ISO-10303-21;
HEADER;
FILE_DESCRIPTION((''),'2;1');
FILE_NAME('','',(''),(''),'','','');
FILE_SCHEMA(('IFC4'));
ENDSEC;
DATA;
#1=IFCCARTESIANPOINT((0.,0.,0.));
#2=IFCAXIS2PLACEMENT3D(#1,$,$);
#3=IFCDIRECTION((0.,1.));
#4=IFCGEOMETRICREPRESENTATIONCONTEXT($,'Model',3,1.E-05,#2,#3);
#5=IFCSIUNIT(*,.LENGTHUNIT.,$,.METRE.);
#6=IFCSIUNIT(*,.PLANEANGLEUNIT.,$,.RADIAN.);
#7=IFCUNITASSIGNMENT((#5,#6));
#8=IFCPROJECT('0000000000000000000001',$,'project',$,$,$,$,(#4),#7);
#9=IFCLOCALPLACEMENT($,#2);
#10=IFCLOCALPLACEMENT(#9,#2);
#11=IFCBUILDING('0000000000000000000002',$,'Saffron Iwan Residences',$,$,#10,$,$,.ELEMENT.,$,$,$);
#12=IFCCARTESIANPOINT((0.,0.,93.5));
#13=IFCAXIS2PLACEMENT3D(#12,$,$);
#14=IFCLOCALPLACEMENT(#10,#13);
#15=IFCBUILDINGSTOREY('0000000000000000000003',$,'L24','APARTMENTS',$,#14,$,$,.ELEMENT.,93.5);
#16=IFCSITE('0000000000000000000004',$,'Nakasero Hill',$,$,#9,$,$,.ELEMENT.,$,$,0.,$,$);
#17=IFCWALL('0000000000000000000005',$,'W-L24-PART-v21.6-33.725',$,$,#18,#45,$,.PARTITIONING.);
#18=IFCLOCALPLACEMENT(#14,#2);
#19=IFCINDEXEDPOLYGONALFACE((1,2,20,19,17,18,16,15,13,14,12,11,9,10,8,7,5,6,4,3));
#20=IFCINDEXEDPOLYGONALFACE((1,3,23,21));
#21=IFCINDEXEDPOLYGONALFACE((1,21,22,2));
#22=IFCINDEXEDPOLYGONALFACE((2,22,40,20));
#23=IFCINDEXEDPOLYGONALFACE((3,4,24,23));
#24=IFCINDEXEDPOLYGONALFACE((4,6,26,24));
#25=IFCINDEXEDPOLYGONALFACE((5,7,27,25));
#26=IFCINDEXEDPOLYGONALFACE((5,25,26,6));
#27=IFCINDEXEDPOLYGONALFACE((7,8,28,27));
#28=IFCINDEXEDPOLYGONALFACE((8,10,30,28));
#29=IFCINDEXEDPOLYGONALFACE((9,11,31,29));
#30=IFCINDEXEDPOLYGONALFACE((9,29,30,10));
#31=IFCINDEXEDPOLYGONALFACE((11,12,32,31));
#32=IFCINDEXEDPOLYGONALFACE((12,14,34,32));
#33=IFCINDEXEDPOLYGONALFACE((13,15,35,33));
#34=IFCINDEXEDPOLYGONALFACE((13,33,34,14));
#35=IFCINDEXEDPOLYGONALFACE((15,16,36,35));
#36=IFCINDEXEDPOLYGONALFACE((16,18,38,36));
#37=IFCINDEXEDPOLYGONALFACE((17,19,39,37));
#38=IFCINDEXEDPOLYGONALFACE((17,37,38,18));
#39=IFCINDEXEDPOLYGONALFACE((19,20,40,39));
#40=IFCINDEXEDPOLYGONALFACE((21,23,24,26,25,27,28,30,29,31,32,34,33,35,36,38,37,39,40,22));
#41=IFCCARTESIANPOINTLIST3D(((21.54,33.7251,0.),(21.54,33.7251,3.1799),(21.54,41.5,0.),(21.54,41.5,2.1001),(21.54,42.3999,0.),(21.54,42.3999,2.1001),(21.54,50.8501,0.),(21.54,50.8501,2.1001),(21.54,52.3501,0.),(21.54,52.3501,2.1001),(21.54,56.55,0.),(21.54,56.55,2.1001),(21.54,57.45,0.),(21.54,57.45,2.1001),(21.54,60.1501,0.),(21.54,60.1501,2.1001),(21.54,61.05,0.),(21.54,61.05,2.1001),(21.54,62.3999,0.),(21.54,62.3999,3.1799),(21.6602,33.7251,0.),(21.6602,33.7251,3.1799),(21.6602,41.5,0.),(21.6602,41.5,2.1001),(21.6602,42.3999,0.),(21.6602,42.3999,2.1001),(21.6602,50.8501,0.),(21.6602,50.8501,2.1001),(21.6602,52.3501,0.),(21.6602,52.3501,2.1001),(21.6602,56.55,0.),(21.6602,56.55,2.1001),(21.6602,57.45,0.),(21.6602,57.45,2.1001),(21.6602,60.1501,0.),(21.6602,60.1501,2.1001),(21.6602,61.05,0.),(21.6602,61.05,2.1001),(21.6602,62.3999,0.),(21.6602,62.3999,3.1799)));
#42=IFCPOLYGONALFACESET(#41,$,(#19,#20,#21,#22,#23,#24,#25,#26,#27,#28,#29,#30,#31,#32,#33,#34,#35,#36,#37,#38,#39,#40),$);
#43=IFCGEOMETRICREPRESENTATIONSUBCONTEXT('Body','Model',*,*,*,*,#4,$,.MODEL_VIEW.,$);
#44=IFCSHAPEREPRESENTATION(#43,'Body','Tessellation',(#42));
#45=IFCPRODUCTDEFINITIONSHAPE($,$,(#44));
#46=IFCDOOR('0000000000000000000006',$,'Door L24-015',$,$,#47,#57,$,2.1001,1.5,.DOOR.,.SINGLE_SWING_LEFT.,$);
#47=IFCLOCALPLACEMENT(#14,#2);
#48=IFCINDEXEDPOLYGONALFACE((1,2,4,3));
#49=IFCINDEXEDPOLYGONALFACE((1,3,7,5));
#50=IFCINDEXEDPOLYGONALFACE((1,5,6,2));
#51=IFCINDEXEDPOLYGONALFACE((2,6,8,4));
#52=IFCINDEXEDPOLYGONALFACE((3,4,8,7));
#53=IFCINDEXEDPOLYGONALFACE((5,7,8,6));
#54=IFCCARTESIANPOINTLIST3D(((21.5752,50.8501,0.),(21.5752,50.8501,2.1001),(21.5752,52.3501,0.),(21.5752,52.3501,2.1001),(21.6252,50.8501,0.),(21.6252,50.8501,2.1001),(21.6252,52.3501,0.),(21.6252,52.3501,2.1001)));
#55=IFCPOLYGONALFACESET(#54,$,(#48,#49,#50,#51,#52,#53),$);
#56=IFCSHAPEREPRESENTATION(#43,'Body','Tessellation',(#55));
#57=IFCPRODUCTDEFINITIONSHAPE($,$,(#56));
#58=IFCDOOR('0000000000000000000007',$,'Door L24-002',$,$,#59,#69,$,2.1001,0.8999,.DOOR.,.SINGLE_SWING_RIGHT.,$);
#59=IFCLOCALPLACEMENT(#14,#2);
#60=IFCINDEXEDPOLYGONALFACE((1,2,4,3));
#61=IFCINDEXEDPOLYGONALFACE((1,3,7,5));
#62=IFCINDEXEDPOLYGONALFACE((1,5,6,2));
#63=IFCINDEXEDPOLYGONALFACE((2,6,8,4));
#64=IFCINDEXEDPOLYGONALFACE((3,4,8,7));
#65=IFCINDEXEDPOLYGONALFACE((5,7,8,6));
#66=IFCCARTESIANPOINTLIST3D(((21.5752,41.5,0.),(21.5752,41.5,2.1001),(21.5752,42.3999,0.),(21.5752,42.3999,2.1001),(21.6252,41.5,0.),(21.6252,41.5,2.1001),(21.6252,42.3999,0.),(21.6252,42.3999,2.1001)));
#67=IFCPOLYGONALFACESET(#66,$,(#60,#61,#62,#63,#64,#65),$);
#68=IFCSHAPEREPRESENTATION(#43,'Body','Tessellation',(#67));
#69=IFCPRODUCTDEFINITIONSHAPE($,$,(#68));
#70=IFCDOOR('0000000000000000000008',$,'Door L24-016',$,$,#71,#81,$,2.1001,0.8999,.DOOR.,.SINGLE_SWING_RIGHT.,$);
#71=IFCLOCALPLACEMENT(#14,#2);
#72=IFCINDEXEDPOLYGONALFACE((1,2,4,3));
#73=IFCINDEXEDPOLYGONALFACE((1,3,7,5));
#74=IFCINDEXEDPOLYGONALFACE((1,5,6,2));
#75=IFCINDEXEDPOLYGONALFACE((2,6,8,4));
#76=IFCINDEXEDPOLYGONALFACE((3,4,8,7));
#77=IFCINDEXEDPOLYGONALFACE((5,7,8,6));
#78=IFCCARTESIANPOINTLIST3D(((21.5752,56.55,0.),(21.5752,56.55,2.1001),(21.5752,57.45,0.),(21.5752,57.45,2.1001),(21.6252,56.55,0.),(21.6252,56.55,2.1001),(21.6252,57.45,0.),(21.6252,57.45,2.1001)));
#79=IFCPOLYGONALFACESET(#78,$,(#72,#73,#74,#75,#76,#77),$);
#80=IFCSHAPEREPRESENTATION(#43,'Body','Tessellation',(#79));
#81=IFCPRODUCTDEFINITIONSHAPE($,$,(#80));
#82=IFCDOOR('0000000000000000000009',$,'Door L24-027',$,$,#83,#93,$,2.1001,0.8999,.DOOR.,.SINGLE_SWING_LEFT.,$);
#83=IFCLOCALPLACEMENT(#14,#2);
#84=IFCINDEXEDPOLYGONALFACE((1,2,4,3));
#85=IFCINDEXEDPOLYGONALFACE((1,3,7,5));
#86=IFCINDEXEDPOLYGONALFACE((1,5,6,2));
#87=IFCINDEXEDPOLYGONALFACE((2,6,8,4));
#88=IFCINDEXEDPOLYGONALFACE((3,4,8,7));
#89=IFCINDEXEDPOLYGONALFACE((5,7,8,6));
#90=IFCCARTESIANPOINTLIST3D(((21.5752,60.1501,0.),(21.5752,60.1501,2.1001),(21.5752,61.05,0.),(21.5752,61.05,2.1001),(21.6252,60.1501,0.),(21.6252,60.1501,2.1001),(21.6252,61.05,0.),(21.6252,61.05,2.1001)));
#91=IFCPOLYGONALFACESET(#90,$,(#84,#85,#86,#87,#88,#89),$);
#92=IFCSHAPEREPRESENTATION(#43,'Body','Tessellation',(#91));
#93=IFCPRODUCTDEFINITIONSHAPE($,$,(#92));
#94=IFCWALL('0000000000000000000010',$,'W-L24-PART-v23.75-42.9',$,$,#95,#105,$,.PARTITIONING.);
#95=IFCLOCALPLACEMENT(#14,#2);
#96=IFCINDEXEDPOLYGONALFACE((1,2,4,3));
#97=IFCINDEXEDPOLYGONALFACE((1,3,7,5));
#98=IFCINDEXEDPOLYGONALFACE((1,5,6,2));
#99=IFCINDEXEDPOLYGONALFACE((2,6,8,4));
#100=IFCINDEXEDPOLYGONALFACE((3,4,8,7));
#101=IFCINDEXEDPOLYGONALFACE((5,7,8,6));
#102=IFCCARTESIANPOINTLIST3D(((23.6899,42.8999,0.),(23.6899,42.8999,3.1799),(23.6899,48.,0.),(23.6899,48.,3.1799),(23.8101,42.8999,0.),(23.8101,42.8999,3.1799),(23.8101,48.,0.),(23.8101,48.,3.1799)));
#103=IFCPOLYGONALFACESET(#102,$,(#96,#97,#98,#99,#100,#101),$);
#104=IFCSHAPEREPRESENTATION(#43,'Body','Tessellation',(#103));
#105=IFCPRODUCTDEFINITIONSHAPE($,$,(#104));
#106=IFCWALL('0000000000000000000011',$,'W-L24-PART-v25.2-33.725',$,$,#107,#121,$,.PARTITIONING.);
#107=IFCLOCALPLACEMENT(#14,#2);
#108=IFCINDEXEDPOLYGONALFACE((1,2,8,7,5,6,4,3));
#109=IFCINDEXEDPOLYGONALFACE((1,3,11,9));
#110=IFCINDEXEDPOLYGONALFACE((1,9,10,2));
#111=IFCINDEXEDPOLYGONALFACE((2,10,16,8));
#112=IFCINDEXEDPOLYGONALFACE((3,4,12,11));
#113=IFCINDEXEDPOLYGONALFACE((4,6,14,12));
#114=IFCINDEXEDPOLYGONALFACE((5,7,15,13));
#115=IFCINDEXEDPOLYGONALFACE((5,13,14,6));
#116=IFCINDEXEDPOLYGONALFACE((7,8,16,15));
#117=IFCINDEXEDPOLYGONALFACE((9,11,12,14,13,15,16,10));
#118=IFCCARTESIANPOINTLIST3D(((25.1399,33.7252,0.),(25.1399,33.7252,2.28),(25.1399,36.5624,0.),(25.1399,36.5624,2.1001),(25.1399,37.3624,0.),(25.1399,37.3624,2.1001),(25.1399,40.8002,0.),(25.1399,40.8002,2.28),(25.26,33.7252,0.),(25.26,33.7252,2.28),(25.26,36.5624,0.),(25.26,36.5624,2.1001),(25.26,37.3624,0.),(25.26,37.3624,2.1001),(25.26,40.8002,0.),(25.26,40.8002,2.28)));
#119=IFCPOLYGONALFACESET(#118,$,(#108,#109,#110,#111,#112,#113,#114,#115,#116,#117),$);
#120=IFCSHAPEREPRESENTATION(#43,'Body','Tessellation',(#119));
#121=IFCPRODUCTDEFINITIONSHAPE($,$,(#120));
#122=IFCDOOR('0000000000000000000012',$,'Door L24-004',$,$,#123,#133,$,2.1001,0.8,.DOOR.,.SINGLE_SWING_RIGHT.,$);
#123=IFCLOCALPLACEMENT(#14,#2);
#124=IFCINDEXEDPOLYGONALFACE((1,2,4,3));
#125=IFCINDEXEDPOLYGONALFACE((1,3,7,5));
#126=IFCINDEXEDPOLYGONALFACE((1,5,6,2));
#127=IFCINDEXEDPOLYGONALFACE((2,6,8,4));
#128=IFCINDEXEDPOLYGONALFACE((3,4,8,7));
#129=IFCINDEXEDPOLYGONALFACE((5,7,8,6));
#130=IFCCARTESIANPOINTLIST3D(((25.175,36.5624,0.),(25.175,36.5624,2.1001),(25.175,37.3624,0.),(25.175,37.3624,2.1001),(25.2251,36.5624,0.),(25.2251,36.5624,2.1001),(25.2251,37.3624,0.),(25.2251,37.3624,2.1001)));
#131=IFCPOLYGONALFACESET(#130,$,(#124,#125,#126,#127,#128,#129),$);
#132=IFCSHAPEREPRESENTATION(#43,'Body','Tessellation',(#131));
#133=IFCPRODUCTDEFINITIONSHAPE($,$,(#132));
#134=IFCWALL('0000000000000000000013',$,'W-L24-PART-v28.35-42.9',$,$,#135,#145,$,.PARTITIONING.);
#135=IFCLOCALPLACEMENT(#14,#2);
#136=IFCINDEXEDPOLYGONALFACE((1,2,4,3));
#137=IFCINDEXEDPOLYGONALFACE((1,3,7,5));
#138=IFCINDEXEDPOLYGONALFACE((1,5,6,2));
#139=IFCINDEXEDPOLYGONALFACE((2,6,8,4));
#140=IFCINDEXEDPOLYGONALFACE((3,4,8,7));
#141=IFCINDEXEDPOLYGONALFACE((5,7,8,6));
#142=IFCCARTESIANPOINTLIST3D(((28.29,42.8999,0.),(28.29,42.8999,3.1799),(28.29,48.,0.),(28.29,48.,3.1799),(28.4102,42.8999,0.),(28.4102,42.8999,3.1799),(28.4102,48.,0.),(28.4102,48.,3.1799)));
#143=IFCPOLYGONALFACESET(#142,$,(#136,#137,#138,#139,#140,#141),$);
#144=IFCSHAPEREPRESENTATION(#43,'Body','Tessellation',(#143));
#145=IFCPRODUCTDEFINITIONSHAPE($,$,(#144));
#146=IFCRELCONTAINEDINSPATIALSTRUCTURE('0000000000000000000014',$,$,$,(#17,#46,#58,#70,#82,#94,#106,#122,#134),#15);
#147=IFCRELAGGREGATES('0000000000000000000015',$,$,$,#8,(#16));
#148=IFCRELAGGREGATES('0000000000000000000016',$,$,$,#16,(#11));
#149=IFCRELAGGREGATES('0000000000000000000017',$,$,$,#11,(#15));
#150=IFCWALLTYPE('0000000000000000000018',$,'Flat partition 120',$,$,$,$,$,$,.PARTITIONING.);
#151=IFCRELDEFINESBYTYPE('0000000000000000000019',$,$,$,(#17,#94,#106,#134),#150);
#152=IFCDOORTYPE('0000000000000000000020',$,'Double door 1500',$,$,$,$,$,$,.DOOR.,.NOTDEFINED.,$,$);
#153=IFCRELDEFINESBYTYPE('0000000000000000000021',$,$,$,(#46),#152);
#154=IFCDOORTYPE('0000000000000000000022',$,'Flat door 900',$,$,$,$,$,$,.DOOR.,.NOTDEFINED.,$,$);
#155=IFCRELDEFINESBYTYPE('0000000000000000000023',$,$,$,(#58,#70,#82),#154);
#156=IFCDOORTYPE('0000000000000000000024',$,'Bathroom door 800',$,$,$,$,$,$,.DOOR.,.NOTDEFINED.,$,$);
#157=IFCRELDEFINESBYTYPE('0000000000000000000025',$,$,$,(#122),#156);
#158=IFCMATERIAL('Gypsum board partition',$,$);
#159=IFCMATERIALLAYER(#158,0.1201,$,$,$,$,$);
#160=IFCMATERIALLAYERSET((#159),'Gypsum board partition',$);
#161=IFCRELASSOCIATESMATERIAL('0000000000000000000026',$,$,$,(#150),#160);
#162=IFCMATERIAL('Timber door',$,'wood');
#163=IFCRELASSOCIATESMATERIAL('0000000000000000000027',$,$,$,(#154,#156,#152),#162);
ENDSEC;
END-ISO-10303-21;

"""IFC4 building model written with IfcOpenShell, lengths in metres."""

from ifc_helpers import new_model, si_unit, direction, frame, frame_2d, origin, place, context, subcontext, project, spatial, rectangle, extrude, material, layer, layer_set, type_object, element, fill, save


model = new_model("IFC4")

# Units and contexts
model_context = context("Model", 3, precision=1e-05, world=origin(), true_north=direction((0.0, 1.0)))
body_context = subcontext(model_context, "Body", "Model", "MODEL_VIEW")
ifc_project = project(units=[si_unit("LENGTHUNIT", "METRE"), si_unit("PLANEANGLEUNIT", "RADIAN")], contexts=[model_context])

# Site, building, storey
site_placement = place(None, origin())
site = spatial("IfcSite", under=ifc_project, at=site_placement, Name="Nakasero Hill", CompositionType="ELEMENT", RefElevation=0.0)
building_placement = place(site_placement, origin())
building = spatial("IfcBuilding", under=site, at=building_placement, Name="Saffron Iwan Residences", CompositionType="ELEMENT")
storey_placement = place(building_placement, frame((0.0, 0.0, 93.5)))
storey = spatial("IfcBuildingStorey", under=building, at=storey_placement, Name="L24", Description="APARTMENTS", CompositionType="ELEMENT", Elevation=93.5)

# Shared definitions
ifc_material_1 = material(Name="Gypsum board partition")
ifc_layer_1 = layer(ifc_material_1, 0.1201)
ifc_layer_set_1 = layer_set([ifc_layer_1], Name="Gypsum board partition")
wall_type_1 = type_object("IfcWallType", Name="Flat partition 120", PredefinedType="PARTITIONING", material=ifc_layer_set_1)

# Shared definitions
ifc_material_2 = material(Name="Timber door", Category="wood")
door_type_1 = type_object("IfcDoorType", Name="Flat door 900", OperationType="NOTDEFINED", PredefinedType="DOOR", material=ifc_material_2)

# Wall, openings, doors
door_type_2 = type_object("IfcDoorType", Name="Bathroom door 800", OperationType="NOTDEFINED", PredefinedType="DOOR", material=ifc_material_2)
wall_1_placement = place(storey_placement, frame((21.6001, 33.7251, 0.0), z_axis=(0.0, 0.0, 1.0), x_axis=(0.0, 1.0, 0.0)))
wall_1 = element("IfcWall", 1, at=wall_1_placement, inside=storey, type_object=wall_type_1, Name="W-L24-PART-v21.6-33.725", PredefinedType="PARTITIONING", context=body_context, shape_type="SweptSolid", body=[
    extrude(rectangle(XDim=28.6748, YDim=0.1201, at=frame_2d((14.3374, 0.0))), origin(), (0.0, 0.0, 1.0), 3.1799),
])
opening_1_placement = place(wall_1_placement, frame((7.7749, 0.0, 0.0)))
opening_1 = element("IfcOpeningElement", 2, at=opening_1_placement, cuts=wall_1, PredefinedType="OPENING", context=body_context, shape_type="SweptSolid", body=[
    extrude(rectangle(XDim=0.8999, YDim=2.1001, at=frame_2d((0.45, 1.05))), frame((0.0, 0.0701, 0.0), z_axis=(0.0, -1.0, 0.0), x_axis=(1.0, 0.0, 0.0)), (0.0, 0.0, 1.0), 0.1401),
])
opening_2_placement = place(wall_1_placement, frame((17.125, 0.0, 0.0)))
opening_2 = element("IfcOpeningElement", 3, at=opening_2_placement, cuts=wall_1, PredefinedType="OPENING", context=body_context, shape_type="SweptSolid", body=[
    extrude(rectangle(XDim=1.5, YDim=2.1001, at=frame_2d((0.75, 1.05))), frame((0.0, 0.0701, 0.0), z_axis=(0.0, -1.0, 0.0), x_axis=(1.0, 0.0, 0.0)), (0.0, 0.0, 1.0), 0.1401),
])
opening_3_placement = place(wall_1_placement, frame((22.825, 0.0, 0.0)))
opening_3 = element("IfcOpeningElement", 4, at=opening_3_placement, cuts=wall_1, PredefinedType="OPENING", context=body_context, shape_type="SweptSolid", body=[
    extrude(rectangle(XDim=0.8999, YDim=2.1001, at=frame_2d((0.45, 1.05))), frame((0.0, 0.0701, 0.0), z_axis=(0.0, -1.0, 0.0), x_axis=(1.0, 0.0, 0.0)), (0.0, 0.0, 1.0), 0.1401),
])
opening_4_placement = place(wall_1_placement, frame((26.425, 0.0, 0.0)))
opening_4 = element("IfcOpeningElement", 5, at=opening_4_placement, cuts=wall_1, PredefinedType="OPENING", context=body_context, shape_type="SweptSolid", body=[
    extrude(rectangle(XDim=0.8999, YDim=2.1001, at=frame_2d((0.45, 1.05))), frame((0.0, 0.0701, 0.0), z_axis=(0.0, -1.0, 0.0), x_axis=(1.0, 0.0, 0.0)), (0.0, 0.0, 1.0), 0.1401),
])
door_type_3 = type_object("IfcDoorType", Name="Double door 1500", OperationType="NOTDEFINED", PredefinedType="DOOR", material=ifc_material_2)
door_1_placement = place(opening_2_placement, origin())
door_1 = element("IfcDoor", 6, at=door_1_placement, inside=storey, type_object=door_type_3, Name="Door L24-015", OperationType="SINGLE_SWING_LEFT", OverallHeight=2.1001, OverallWidth=1.5, PredefinedType="DOOR", context=body_context, shape_type="SweptSolid", body=[
    extrude(rectangle(XDim=1.5, YDim=2.1001, at=frame_2d((0.75, 1.05))), frame((0.0, 0.0249, 0.0), z_axis=(0.0, -1.0, 0.0), x_axis=(1.0, 0.0, 0.0)), (0.0, 0.0, 1.0), 0.05),
])
fill(opening_2, door_1)
door_2_placement = place(opening_1_placement, origin())
door_2 = element("IfcDoor", 7, at=door_2_placement, inside=storey, type_object=door_type_1, Name="Door L24-002", OperationType="SINGLE_SWING_RIGHT", OverallHeight=2.1001, OverallWidth=0.8999, PredefinedType="DOOR", context=body_context, shape_type="SweptSolid", body=[
    extrude(rectangle(XDim=0.8999, YDim=2.1001, at=frame_2d((0.45, 1.05))), frame((0.0, 0.0249, 0.0), z_axis=(0.0, -1.0, 0.0), x_axis=(1.0, 0.0, 0.0)), (0.0, 0.0, 1.0), 0.05),
])
fill(opening_1, door_2)
door_3_placement = place(opening_3_placement, origin())
door_3 = element("IfcDoor", 8, at=door_3_placement, inside=storey, type_object=door_type_1, Name="Door L24-016", OperationType="SINGLE_SWING_RIGHT", OverallHeight=2.1001, OverallWidth=0.8999, PredefinedType="DOOR", context=body_context, shape_type="SweptSolid", body=[
    extrude(rectangle(XDim=0.8999, YDim=2.1001, at=frame_2d((0.45, 1.05))), frame((0.0, 0.0249, 0.0), z_axis=(0.0, -1.0, 0.0), x_axis=(1.0, 0.0, 0.0)), (0.0, 0.0, 1.0), 0.05),
])
fill(opening_3, door_3)
door_4_placement = place(opening_4_placement, origin())
door_4 = element("IfcDoor", 9, at=door_4_placement, inside=storey, type_object=door_type_1, Name="Door L24-027", OperationType="SINGLE_SWING_LEFT", OverallHeight=2.1001, OverallWidth=0.8999, PredefinedType="DOOR", context=body_context, shape_type="SweptSolid", body=[
    extrude(rectangle(XDim=0.8999, YDim=2.1001, at=frame_2d((0.45, 1.05))), frame((0.0, 0.0249, 0.0), z_axis=(0.0, -1.0, 0.0), x_axis=(1.0, 0.0, 0.0)), (0.0, 0.0, 1.0), 0.05),
])
fill(opening_4, door_4)

# Wall
wall_2_placement = place(storey_placement, frame((23.75, 42.8999, 0.0), z_axis=(0.0, 0.0, 1.0), x_axis=(0.0, 1.0, 0.0)))
element("IfcWall", 10, at=wall_2_placement, inside=storey, type_object=wall_type_1, Name="W-L24-PART-v23.75-42.9", PredefinedType="PARTITIONING", context=body_context, shape_type="SweptSolid", body=[
    extrude(rectangle(XDim=5.1001, YDim=0.1201, at=frame_2d((2.55, 0.0))), origin(), (0.0, 0.0, 1.0), 3.1799),
])

# Wall, opening, door
wall_3_placement = place(storey_placement, frame((25.2, 33.7251, 0.0), z_axis=(0.0, 0.0, 1.0), x_axis=(0.0, 1.0, 0.0)))
wall_3 = element("IfcWall", 11, at=wall_3_placement, inside=storey, type_object=wall_type_1, Name="W-L24-PART-v25.2-33.725", PredefinedType="PARTITIONING", context=body_context, shape_type="SweptSolid", body=[
    extrude(rectangle(XDim=7.075, YDim=0.1201, at=frame_2d((3.5376, 0.0))), origin(), (0.0, 0.0, 1.0), 2.28),
])
opening_5_placement = place(wall_3_placement, frame((2.8374, 0.0, 0.0)))
opening_5 = element("IfcOpeningElement", 12, at=opening_5_placement, cuts=wall_3, PredefinedType="OPENING", context=body_context, shape_type="SweptSolid", body=[
    extrude(rectangle(XDim=0.8, YDim=2.1001, at=frame_2d((0.3999, 1.05))), frame((0.0, 0.0701, 0.0), z_axis=(0.0, -1.0, 0.0), x_axis=(1.0, 0.0, 0.0)), (0.0, 0.0, 1.0), 0.1401),
])
door_5_placement = place(opening_5_placement, origin())
door_5 = element("IfcDoor", 13, at=door_5_placement, inside=storey, type_object=door_type_2, Name="Door L24-004", OperationType="SINGLE_SWING_RIGHT", OverallHeight=2.1001, OverallWidth=0.8, PredefinedType="DOOR", context=body_context, shape_type="SweptSolid", body=[
    extrude(rectangle(XDim=0.8, YDim=2.1001, at=frame_2d((0.3999, 1.05))), frame((0.0, 0.0249, 0.0), z_axis=(0.0, -1.0, 0.0), x_axis=(1.0, 0.0, 0.0)), (0.0, 0.0, 1.0), 0.05),
])
fill(opening_5, door_5)

# Wall
wall_4_placement = place(storey_placement, frame((28.3501, 42.8999, 0.0), z_axis=(0.0, 0.0, 1.0), x_axis=(0.0, 1.0, 0.0)))
element("IfcWall", 14, at=wall_4_placement, inside=storey, type_object=wall_type_1, Name="W-L24-PART-v28.35-42.9", PredefinedType="PARTITIONING", context=body_context, shape_type="SweptSolid", body=[
    extrude(rectangle(XDim=5.1001, YDim=0.1201, at=frame_2d((2.55, 0.0))), origin(), (0.0, 0.0, 1.0), 3.1799),
])

save(model, "model.ifc")
